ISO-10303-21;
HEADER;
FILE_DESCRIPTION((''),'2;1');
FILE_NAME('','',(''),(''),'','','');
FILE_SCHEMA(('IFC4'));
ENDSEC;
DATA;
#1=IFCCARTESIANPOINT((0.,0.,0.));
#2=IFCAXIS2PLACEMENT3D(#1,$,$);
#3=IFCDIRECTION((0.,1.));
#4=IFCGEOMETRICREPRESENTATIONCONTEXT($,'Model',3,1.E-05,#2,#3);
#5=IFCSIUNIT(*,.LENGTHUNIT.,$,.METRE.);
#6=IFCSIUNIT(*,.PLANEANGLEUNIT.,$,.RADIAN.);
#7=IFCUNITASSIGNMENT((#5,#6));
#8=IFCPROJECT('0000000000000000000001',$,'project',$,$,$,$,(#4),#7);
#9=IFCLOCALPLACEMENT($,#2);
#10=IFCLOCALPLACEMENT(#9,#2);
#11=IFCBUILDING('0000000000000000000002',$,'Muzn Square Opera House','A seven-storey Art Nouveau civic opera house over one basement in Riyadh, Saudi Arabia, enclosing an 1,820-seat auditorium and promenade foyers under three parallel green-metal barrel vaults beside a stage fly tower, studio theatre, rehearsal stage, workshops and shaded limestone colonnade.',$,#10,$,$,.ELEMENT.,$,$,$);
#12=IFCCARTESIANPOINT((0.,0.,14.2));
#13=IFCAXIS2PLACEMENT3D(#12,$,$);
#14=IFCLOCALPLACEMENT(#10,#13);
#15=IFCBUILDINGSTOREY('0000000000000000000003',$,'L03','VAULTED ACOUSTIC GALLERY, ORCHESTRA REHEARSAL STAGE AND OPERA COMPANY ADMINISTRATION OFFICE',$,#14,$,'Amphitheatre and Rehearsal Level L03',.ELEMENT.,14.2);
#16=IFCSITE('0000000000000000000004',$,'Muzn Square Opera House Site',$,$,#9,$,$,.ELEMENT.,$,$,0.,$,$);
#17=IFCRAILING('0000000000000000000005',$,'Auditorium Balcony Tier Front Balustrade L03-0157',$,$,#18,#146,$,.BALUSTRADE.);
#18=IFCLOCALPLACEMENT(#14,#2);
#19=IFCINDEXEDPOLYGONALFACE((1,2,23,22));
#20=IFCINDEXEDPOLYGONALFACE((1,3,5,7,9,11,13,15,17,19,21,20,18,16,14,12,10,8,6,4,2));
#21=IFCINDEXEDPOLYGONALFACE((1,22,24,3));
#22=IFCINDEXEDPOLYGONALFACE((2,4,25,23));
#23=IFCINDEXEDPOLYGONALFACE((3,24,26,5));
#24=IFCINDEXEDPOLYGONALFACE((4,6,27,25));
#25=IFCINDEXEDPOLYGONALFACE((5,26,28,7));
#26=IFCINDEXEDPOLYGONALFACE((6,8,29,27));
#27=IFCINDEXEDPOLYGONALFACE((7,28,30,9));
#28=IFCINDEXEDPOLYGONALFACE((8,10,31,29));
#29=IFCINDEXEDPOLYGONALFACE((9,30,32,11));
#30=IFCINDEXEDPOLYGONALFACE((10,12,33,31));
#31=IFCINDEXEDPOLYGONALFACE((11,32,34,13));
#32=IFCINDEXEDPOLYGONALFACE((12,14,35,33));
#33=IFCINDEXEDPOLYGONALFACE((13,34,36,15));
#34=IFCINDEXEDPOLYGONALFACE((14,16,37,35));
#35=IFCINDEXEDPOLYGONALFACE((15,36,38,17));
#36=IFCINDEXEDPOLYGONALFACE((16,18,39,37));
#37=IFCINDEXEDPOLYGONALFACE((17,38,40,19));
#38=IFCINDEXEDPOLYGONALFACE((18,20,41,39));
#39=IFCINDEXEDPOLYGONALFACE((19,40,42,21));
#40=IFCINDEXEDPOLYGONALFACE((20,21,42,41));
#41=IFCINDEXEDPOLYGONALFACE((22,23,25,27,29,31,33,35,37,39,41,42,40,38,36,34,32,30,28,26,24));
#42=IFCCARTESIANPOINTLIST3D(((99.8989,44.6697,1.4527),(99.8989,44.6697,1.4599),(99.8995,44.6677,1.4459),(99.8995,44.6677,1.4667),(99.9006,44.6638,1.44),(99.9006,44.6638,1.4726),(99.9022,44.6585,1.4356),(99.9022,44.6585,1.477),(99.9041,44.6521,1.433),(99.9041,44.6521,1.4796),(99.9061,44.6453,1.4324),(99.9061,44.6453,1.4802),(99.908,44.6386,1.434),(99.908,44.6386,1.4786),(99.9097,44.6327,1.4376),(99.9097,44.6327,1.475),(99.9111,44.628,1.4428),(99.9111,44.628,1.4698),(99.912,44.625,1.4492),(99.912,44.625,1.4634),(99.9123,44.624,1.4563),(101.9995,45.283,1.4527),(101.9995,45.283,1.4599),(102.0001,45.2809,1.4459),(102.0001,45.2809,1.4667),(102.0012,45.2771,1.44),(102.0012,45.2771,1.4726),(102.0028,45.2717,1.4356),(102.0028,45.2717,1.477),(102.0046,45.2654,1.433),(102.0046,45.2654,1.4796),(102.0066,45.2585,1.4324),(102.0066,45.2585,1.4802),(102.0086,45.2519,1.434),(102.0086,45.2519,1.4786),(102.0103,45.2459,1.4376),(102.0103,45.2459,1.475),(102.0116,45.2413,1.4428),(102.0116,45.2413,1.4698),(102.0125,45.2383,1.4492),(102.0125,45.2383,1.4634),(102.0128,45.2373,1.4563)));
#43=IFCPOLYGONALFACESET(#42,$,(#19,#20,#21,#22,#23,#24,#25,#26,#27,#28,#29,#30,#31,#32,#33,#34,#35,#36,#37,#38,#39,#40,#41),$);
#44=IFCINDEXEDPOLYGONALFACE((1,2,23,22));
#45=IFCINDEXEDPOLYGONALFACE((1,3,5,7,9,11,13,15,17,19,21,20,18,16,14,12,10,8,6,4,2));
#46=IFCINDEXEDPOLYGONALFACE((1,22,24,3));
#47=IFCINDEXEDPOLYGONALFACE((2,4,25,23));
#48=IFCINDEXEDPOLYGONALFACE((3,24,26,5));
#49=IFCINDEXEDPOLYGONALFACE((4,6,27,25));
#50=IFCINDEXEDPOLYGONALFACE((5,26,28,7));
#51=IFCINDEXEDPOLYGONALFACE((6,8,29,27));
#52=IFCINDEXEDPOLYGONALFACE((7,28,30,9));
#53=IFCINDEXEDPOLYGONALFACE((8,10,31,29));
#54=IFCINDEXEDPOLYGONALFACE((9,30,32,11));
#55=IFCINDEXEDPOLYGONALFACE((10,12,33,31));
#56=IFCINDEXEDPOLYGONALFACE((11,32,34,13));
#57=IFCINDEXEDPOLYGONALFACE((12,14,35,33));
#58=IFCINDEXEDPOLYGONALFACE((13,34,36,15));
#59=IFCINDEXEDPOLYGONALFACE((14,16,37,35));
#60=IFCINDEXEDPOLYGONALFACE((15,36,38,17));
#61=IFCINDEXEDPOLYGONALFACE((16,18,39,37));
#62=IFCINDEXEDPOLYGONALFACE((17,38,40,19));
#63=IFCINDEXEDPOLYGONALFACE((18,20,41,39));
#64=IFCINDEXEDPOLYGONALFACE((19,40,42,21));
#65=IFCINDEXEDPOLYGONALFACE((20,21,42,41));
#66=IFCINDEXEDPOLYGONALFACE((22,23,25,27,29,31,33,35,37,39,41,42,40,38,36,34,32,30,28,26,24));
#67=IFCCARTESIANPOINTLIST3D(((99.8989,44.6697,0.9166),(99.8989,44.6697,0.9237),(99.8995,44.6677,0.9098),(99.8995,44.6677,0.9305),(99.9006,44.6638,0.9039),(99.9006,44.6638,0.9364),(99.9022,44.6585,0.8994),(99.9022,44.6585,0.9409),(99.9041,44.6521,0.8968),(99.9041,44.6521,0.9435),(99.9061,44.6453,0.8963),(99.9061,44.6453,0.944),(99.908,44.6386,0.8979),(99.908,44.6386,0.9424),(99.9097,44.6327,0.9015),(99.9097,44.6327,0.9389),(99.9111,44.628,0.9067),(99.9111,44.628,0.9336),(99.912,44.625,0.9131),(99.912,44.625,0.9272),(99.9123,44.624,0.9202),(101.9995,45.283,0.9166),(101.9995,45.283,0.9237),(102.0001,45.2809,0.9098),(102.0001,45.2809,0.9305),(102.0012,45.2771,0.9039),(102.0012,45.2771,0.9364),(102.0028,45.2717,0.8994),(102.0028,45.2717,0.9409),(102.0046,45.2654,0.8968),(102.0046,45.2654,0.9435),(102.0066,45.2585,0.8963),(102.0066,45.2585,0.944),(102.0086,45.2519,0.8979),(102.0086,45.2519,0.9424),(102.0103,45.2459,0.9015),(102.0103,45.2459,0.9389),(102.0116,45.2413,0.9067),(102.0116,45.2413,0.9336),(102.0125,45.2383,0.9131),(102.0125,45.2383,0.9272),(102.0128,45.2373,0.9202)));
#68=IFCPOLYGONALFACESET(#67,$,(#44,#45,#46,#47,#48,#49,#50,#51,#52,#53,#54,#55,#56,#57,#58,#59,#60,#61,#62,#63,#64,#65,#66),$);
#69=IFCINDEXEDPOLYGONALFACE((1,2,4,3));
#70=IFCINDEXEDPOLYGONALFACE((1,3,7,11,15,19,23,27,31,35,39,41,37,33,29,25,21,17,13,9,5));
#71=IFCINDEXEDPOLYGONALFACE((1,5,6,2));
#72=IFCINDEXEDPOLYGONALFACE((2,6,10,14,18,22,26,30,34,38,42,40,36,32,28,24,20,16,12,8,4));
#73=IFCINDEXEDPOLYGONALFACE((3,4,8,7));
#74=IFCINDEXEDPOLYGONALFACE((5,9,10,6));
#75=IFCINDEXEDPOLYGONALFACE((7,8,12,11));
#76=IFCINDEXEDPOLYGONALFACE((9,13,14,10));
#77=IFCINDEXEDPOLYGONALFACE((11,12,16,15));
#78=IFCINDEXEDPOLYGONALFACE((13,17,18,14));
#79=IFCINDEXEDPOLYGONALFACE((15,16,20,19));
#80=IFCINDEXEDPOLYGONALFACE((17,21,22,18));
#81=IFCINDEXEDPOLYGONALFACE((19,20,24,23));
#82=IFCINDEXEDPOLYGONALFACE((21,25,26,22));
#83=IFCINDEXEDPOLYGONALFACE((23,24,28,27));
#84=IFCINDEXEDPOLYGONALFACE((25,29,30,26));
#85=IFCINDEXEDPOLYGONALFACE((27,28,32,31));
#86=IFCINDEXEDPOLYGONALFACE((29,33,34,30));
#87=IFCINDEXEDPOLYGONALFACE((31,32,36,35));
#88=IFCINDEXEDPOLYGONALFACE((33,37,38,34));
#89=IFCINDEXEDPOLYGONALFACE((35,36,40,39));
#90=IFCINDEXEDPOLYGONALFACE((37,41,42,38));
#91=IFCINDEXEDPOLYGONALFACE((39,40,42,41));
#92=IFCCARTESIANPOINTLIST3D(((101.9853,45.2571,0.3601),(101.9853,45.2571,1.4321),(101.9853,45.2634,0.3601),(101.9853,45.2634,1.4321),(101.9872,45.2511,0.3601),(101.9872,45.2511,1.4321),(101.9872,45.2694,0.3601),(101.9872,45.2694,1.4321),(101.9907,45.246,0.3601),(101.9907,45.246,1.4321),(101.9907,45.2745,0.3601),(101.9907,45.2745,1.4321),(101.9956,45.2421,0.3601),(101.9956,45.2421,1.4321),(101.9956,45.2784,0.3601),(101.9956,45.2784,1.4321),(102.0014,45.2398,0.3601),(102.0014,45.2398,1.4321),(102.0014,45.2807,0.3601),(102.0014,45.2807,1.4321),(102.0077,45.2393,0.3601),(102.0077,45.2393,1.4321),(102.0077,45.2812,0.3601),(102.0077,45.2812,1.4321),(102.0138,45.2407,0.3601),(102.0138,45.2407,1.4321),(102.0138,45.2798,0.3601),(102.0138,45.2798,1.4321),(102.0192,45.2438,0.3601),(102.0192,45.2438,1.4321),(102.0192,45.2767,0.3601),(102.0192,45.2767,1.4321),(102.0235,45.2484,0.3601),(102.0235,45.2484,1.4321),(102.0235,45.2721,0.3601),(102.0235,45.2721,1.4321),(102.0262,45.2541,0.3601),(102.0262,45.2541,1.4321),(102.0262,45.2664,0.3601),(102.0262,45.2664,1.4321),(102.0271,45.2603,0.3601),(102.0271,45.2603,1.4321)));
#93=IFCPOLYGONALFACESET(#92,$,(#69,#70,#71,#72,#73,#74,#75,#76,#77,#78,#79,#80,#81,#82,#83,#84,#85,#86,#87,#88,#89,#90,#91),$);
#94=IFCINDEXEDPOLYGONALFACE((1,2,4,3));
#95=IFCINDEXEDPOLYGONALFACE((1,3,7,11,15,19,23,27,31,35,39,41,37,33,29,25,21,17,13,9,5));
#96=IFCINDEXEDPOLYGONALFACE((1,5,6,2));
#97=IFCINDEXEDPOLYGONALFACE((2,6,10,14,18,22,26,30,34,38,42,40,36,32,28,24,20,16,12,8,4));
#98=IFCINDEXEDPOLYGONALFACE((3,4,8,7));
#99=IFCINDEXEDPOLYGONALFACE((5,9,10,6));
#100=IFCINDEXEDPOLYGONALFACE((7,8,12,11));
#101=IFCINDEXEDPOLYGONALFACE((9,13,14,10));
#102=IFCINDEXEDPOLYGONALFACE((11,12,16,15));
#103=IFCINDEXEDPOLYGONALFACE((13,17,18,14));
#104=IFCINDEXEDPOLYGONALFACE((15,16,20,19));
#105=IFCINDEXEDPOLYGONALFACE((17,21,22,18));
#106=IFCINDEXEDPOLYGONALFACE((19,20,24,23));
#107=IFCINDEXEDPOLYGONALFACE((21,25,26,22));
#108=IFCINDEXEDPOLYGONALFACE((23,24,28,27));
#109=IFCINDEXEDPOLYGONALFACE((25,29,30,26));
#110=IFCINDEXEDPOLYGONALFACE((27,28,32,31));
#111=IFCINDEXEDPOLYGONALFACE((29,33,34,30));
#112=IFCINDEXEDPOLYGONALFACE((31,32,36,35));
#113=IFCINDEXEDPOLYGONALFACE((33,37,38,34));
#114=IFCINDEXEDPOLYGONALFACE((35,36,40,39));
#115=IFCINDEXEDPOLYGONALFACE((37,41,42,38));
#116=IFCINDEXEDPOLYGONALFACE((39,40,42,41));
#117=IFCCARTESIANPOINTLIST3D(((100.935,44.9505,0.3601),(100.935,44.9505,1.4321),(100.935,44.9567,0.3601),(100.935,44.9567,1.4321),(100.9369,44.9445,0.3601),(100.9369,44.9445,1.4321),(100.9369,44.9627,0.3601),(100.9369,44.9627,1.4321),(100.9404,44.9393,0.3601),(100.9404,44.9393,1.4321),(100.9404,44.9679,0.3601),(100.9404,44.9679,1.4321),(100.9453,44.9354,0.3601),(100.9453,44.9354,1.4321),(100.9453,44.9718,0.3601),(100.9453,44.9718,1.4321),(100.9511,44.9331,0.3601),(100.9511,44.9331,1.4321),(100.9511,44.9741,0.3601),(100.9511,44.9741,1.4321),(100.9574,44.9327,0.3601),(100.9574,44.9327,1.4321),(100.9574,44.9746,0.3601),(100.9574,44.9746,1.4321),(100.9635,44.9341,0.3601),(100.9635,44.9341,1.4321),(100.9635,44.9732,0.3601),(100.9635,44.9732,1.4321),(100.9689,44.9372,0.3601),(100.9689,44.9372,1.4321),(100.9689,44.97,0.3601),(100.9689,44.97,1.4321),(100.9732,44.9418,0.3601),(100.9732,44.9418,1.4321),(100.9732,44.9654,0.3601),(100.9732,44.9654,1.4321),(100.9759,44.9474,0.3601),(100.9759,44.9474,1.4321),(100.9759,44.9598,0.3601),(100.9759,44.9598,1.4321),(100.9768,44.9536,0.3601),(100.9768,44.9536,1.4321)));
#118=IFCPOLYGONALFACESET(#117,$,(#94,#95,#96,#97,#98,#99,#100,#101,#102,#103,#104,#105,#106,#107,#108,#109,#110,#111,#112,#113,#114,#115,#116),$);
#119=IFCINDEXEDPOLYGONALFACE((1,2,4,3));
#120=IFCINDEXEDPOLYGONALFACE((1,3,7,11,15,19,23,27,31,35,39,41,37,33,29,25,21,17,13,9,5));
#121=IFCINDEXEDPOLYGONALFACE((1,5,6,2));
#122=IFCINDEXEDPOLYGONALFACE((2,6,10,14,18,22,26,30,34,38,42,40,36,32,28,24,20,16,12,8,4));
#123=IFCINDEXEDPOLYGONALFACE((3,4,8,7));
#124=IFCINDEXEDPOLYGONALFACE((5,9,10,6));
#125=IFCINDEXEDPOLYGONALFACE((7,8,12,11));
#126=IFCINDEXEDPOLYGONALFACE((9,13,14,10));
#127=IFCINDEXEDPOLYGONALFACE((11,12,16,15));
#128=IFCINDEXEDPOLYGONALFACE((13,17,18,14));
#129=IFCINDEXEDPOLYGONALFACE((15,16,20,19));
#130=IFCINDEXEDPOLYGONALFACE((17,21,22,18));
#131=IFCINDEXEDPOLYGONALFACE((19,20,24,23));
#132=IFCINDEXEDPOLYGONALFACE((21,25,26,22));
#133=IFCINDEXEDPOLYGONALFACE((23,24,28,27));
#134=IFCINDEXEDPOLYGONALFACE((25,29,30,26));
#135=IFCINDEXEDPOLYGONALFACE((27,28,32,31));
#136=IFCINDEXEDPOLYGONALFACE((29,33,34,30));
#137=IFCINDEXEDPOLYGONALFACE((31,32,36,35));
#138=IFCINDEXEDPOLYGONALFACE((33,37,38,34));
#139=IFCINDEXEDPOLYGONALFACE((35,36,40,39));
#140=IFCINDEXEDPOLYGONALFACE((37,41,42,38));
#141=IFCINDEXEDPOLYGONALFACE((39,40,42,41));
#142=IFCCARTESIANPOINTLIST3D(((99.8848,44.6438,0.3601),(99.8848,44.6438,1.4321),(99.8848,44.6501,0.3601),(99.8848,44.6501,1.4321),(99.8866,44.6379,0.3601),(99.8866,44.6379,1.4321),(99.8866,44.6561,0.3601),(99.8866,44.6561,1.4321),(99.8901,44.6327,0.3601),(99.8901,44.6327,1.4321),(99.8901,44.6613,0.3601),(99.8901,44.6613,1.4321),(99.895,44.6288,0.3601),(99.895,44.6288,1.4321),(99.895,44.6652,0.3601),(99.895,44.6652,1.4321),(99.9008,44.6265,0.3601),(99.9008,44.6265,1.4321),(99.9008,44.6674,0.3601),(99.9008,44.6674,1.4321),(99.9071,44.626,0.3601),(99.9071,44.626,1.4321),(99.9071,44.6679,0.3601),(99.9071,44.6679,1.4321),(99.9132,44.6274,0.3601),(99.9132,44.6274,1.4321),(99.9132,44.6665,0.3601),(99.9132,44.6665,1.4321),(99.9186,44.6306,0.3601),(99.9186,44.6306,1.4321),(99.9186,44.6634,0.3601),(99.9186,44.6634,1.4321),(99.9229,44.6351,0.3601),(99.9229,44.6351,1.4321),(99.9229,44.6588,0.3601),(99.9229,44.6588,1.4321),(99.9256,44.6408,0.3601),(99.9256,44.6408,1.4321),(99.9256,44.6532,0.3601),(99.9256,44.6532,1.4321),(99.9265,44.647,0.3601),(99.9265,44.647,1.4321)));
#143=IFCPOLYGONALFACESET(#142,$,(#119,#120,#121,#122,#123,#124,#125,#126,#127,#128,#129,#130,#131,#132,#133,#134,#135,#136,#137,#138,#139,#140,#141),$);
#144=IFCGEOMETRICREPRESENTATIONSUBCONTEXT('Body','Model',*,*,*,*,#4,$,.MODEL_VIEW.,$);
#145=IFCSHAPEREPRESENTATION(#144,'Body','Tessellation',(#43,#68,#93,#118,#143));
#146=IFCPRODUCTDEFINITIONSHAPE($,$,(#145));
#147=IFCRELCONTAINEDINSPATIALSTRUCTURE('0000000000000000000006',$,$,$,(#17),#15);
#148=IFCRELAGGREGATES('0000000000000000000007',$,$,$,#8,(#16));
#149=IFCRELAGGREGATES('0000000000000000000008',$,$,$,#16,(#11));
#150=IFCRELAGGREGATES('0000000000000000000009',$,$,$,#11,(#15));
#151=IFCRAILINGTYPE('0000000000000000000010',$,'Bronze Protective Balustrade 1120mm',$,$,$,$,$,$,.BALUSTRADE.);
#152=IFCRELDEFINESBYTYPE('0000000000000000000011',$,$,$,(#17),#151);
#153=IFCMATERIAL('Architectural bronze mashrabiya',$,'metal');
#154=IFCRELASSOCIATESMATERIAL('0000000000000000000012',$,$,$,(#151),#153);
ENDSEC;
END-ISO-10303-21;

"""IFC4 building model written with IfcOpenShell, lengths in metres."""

from ifc_helpers import new_model, si_unit, direction, frame, origin, origin_2d, place, context, subcontext, project, spatial, circle, extrude, material, type_object, element, save


model = new_model("IFC4")

# Units and contexts
model_context = context("Model", 3, precision=1e-05, world=origin(), true_north=direction((0.0, 1.0)))
body_context = subcontext(model_context, "Body", "Model", "MODEL_VIEW")
ifc_project = project(units=[si_unit("LENGTHUNIT", "METRE"), si_unit("PLANEANGLEUNIT", "RADIAN")], contexts=[model_context])

# Site, building, storey
site_placement = place(None, origin())
site = spatial("IfcSite", under=ifc_project, at=site_placement, Name="Muzn Square Opera House Site", CompositionType="ELEMENT", RefElevation=0.0)
building_placement = place(site_placement, origin())
building = spatial("IfcBuilding", under=site, at=building_placement, Name="Muzn Square Opera House", Description="A seven-storey Art Nouveau civic opera house over one basement in Riyadh, Saudi Arabia, enclosing an 1,820-seat auditorium and promenade foyers under three parallel green-metal barrel vaults beside a stage fly tower, studio theatre, rehearsal stage, workshops and shaded limestone colonnade.", CompositionType="ELEMENT")
storey_placement = place(building_placement, frame((0.0, 0.0, 14.2)))
storey = spatial("IfcBuildingStorey", under=building, at=storey_placement, Name="L03", Description="VAULTED ACOUSTIC GALLERY, ORCHESTRA REHEARSAL STAGE AND OPERA COMPANY ADMINISTRATION OFFICE", LongName="Amphitheatre and Rehearsal Level L03", CompositionType="ELEMENT", Elevation=14.2)

# Railing
ifc_material_1 = material(Name="Architectural bronze mashrabiya", Category="metal")
railing_type = type_object("IfcRailingType", Name="Bronze Protective Balustrade 1120mm", PredefinedType="BALUSTRADE", material=ifc_material_1)
railing_1_placement = place(storey_placement, frame((102.0061, 45.2603, 0.3601)))
element("IfcRailing", 1, at=railing_1_placement, inside=storey, type_object=railing_type, Name="Auditorium Balcony Tier Front Balustrade L03-0157", PredefinedType="BALUSTRADE", context=body_context, shape_type="SweptSolid", body=[
    extrude(circle(Radius=0.0239, at=origin_2d()), frame((0.0, 0.0, 1.0962), z_axis=(-0.959925, -0.280257, 0.0), x_axis=(0.280257, -0.959925, 0.0)), (0.0, 0.0, 1.0), 2.1882),
    extrude(circle(Radius=0.0239, at=origin_2d()), frame((0.0, 0.0, 0.5601), z_axis=(-0.959925, -0.280257, 0.0), x_axis=(0.280257, -0.959925, 0.0)), (0.0, 0.0, 1.0), 2.1882),
    extrude(circle(Radius=0.021, at=origin_2d()), origin(), (0.0, 0.0, 1.0), 1.072),
    extrude(circle(Radius=0.021, at=origin_2d()), frame((-1.0503, -0.3066, 0.0)), (0.0, 0.0, 1.0), 1.072),
    extrude(circle(Radius=0.021, at=origin_2d()), frame((-2.1006, -0.6133, 0.0)), (0.0, 0.0, 1.0), 1.072),
])

save(model, "model.ifc")
